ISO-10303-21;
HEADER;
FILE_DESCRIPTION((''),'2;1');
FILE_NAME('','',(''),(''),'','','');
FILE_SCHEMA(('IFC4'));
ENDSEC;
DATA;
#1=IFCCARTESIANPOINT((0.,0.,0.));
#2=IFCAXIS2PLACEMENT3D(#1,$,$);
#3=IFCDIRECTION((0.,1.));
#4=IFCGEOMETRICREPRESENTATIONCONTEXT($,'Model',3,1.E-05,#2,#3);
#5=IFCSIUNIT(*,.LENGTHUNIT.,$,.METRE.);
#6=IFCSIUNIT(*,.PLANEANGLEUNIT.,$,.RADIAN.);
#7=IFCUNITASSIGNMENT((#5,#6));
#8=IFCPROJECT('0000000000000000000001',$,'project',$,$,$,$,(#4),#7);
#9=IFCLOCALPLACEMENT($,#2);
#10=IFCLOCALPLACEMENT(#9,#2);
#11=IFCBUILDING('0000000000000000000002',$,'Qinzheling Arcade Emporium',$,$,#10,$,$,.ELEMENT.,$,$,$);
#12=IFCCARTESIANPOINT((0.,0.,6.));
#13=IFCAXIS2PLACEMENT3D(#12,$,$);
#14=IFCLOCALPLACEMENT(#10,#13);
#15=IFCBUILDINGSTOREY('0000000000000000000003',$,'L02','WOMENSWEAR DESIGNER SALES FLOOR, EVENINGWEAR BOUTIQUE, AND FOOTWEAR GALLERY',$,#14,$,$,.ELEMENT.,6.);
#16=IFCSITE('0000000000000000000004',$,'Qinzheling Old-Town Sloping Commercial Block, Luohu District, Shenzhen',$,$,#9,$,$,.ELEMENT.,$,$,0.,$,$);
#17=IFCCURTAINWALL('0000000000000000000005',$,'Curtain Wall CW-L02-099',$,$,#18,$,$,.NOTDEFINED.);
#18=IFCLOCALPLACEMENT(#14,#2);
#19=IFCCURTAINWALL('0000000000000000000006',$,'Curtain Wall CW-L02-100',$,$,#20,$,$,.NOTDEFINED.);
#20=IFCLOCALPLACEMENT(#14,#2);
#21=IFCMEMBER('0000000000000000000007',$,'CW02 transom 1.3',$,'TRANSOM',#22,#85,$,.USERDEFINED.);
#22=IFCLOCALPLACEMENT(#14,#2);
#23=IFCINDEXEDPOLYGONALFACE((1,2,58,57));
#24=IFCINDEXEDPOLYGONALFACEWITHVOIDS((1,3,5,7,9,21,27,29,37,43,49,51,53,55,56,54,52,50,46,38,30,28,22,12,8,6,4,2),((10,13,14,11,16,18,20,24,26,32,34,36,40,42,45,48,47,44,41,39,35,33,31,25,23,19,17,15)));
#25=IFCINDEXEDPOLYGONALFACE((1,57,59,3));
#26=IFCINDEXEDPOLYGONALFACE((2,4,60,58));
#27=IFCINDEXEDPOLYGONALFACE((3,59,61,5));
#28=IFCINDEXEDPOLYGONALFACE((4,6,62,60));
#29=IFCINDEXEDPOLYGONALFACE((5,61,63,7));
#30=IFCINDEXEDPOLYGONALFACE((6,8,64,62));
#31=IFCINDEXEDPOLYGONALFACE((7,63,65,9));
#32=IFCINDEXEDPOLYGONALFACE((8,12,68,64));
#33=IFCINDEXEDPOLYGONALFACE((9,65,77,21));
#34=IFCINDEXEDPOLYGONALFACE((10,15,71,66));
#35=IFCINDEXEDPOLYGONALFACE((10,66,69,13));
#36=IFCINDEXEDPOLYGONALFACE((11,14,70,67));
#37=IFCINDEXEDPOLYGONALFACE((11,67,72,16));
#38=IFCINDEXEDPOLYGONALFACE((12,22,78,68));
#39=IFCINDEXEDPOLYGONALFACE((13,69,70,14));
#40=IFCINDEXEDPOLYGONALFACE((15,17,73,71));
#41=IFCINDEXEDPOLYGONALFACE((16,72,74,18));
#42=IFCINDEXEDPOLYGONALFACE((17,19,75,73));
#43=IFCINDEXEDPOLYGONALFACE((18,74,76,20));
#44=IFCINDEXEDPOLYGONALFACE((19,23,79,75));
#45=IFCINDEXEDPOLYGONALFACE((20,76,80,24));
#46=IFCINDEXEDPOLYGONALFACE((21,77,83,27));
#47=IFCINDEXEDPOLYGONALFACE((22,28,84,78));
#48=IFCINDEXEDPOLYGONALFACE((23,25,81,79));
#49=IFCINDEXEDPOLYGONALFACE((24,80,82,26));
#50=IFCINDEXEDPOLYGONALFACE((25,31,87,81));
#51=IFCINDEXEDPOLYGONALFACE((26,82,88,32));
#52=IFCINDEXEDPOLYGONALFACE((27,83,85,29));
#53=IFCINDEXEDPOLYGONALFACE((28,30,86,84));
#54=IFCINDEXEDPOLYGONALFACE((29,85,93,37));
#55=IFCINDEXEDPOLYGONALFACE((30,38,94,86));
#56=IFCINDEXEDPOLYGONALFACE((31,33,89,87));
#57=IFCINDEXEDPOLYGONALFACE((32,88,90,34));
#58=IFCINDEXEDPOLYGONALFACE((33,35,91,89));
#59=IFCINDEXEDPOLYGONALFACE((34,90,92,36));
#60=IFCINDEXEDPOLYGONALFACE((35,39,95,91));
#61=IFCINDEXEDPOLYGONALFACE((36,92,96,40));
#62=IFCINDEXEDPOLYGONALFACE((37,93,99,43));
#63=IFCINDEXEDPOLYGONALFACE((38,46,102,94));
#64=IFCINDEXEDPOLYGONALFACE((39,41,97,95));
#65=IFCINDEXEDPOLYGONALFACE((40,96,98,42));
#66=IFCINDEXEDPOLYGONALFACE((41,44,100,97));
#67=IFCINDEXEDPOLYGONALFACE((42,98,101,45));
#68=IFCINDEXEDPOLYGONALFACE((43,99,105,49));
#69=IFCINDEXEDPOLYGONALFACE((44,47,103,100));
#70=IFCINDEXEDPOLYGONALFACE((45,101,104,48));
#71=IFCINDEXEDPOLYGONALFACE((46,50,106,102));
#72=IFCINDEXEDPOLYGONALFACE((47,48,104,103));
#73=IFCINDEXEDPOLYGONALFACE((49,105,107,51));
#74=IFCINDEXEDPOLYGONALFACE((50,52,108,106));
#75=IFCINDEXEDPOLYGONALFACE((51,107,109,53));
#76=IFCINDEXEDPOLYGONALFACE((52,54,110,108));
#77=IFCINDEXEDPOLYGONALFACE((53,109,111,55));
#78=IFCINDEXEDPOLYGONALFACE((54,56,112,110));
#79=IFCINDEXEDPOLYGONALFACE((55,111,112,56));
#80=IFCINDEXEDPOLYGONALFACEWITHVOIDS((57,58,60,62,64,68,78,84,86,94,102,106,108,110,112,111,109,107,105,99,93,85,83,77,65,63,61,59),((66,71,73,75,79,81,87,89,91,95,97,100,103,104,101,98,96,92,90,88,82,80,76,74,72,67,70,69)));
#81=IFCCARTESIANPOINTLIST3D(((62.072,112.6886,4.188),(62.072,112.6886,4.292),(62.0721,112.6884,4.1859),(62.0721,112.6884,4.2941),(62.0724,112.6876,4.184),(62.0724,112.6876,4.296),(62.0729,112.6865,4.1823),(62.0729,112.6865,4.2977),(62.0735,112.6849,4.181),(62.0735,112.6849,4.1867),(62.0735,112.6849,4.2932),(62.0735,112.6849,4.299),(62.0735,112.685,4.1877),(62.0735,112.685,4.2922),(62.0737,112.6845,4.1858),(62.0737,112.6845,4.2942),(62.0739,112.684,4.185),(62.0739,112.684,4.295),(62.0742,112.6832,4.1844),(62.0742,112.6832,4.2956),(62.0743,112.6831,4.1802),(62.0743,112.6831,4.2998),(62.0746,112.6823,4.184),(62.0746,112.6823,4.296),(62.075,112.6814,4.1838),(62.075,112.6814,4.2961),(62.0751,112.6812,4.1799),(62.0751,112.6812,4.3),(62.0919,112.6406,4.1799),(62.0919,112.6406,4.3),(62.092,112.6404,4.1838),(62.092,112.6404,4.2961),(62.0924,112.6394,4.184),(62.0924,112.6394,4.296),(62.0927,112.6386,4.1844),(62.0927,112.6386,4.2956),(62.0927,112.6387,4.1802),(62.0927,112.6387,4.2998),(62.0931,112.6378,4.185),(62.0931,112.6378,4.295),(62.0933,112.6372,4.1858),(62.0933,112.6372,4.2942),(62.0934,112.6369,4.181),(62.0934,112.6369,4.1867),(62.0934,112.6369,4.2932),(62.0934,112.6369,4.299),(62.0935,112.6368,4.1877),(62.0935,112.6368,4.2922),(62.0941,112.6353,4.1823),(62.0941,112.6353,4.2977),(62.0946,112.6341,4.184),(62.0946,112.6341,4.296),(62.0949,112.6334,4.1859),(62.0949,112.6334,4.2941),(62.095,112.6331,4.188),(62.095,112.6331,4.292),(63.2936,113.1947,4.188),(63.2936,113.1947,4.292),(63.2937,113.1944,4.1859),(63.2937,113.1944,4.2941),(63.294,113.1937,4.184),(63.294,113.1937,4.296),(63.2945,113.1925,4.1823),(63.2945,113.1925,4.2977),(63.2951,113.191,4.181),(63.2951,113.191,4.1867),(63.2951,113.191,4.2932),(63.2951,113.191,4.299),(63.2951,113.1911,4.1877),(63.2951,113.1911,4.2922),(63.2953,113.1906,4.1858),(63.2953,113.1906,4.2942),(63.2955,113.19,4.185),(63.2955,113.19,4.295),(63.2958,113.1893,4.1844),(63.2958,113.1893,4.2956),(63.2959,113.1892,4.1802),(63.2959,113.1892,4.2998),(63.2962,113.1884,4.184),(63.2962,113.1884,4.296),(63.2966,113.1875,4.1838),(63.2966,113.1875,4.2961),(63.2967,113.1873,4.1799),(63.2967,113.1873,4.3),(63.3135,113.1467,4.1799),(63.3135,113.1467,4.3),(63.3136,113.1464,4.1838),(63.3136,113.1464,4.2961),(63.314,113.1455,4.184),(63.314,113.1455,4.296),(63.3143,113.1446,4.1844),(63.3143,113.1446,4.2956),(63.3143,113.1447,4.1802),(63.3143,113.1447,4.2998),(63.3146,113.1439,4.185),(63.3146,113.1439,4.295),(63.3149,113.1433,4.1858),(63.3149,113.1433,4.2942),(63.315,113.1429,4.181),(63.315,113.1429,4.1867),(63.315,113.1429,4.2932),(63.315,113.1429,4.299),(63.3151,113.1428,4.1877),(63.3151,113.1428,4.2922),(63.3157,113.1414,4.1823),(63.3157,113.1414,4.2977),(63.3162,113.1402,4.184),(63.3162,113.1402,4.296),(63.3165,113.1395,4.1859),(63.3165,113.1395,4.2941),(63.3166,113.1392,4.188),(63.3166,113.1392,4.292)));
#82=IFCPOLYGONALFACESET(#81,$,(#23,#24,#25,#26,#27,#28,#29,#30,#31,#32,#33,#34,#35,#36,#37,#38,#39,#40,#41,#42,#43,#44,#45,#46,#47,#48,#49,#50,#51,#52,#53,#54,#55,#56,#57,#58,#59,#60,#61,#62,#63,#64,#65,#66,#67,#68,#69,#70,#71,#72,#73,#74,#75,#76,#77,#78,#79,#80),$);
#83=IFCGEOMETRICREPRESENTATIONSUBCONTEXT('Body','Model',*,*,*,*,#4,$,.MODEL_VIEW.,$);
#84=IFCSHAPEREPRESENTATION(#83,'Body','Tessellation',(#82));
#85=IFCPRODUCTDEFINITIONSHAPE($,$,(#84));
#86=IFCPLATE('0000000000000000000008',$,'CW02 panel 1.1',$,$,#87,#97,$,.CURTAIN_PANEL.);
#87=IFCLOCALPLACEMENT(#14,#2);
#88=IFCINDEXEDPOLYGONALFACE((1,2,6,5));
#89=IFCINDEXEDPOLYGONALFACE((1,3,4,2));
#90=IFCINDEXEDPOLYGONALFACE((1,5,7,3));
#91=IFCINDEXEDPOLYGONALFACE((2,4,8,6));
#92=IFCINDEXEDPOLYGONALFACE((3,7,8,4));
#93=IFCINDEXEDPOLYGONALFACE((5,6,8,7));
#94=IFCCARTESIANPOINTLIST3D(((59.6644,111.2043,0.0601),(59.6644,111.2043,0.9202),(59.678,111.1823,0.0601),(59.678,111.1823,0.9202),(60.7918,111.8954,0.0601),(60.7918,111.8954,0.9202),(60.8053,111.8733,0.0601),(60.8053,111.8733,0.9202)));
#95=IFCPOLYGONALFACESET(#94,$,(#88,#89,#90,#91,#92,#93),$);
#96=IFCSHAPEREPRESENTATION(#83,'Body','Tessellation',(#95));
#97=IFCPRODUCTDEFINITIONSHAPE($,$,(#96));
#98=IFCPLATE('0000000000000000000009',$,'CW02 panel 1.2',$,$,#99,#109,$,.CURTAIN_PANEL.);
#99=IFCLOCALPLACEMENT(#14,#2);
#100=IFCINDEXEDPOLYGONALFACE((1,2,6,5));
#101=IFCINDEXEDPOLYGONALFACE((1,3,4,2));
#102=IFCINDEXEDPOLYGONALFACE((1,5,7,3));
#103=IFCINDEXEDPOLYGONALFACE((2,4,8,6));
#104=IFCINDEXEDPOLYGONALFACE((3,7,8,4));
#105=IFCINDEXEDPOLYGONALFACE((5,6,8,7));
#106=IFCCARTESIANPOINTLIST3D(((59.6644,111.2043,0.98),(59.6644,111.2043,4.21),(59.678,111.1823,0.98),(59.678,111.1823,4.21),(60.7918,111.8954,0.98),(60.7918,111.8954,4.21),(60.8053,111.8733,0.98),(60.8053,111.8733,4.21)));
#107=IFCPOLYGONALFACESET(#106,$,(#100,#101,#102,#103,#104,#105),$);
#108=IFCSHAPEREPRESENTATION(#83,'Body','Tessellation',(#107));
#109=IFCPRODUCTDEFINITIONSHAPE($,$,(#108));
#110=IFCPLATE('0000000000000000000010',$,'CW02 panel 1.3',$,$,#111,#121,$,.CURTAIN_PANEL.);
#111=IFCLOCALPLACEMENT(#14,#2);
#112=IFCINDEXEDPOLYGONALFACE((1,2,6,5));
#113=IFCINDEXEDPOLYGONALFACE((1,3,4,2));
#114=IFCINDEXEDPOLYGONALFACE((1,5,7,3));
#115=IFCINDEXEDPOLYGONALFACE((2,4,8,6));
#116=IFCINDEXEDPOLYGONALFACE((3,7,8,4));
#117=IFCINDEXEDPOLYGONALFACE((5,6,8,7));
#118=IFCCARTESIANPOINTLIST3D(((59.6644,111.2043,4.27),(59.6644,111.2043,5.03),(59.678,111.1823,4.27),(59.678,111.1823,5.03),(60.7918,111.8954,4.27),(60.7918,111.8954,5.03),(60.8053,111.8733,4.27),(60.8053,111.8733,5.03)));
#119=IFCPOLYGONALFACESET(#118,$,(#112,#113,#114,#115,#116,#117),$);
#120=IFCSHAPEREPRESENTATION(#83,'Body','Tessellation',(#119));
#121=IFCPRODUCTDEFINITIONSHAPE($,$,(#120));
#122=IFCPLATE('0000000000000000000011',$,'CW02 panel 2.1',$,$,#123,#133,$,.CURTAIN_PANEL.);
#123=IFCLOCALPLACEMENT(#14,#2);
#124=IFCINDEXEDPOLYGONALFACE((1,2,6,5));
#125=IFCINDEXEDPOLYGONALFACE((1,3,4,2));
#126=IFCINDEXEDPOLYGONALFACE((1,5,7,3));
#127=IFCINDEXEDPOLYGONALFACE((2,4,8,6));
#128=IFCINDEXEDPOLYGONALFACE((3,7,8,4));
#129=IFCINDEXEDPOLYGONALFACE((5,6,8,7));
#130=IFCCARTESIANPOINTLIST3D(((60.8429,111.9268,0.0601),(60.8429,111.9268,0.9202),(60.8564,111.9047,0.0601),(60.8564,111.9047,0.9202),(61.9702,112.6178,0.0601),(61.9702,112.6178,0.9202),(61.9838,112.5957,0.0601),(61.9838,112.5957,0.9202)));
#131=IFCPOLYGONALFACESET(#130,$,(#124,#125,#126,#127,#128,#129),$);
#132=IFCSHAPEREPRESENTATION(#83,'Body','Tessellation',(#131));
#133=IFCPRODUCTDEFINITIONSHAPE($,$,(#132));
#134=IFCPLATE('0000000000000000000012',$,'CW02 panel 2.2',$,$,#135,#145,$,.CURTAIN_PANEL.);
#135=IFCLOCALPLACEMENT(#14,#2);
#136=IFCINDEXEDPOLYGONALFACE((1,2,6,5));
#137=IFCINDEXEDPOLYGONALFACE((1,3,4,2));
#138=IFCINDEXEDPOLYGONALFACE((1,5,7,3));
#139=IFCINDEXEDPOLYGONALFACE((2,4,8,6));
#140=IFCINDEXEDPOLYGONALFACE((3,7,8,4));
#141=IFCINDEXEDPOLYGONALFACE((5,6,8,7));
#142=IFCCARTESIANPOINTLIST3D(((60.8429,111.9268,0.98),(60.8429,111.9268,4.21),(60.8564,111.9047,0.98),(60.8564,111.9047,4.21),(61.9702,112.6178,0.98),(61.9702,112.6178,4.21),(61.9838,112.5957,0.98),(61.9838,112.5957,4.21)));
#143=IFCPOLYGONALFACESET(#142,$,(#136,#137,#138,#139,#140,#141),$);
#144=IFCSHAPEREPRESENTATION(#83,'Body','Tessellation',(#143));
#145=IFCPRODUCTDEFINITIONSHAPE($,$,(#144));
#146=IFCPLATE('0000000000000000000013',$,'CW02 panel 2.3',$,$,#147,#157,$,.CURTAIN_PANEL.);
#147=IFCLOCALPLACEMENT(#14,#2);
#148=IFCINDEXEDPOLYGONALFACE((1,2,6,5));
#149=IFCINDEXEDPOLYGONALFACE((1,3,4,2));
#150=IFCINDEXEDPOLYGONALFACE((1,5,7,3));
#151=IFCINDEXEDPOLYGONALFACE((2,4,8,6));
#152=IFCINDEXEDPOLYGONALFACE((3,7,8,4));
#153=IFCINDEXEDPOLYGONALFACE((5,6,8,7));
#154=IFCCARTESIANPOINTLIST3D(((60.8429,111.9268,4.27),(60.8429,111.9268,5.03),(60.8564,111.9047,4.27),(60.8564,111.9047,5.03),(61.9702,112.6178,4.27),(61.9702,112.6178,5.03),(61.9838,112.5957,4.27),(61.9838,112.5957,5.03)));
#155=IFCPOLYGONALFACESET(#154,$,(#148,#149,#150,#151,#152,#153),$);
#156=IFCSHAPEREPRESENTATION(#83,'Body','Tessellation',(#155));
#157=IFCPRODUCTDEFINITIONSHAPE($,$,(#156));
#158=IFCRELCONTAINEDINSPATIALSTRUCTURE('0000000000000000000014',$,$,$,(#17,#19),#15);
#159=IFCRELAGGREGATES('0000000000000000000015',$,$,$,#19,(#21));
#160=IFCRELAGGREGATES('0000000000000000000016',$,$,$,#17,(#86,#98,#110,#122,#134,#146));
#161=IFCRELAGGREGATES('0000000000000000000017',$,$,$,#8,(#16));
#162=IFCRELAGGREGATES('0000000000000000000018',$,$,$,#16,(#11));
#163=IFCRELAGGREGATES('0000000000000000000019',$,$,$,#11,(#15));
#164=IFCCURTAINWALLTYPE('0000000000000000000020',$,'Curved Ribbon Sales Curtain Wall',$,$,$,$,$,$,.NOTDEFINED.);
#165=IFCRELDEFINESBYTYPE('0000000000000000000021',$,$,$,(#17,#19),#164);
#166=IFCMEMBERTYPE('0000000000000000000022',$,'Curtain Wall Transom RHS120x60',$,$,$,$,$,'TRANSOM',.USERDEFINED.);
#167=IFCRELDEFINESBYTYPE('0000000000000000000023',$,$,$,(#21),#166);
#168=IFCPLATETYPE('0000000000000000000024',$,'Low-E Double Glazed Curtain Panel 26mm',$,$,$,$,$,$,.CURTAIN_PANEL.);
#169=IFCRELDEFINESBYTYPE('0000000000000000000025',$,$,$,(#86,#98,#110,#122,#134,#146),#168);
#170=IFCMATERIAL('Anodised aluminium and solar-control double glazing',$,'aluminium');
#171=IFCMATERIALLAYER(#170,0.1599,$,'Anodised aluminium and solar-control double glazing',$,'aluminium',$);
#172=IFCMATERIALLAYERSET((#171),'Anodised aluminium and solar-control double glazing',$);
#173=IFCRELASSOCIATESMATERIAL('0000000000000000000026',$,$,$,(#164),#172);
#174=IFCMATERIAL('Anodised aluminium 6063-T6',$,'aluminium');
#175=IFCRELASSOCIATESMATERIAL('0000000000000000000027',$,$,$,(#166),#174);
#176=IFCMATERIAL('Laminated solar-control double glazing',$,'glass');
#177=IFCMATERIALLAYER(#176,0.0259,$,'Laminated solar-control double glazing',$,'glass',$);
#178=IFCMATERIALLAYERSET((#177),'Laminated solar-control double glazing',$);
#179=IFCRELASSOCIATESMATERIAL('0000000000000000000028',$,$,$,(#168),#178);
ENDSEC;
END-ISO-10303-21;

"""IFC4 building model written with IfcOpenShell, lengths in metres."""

from ifc_helpers import new_model, si_unit, direction, frame, origin, origin_2d, place, context, subcontext, project, spatial, rectangle, hollow_rectangle, extrude, material, layer, layer_set, material_profile, profile_set, type_object, element, aggregate, save


model = new_model("IFC4")

# Units and contexts
model_context = context("Model", 3, precision=1e-05, world=origin(), true_north=direction((0.0, 1.0)))
body_context = subcontext(model_context, "Body", "Model", "MODEL_VIEW")
ifc_project = project(units=[si_unit("LENGTHUNIT", "METRE"), si_unit("PLANEANGLEUNIT", "RADIAN")], contexts=[model_context])

# Site, building, storey
site_placement = place(None, origin())
site = spatial("IfcSite", under=ifc_project, at=site_placement, Name="Qinzheling Old-Town Sloping Commercial Block, Luohu District, Shenzhen", CompositionType="ELEMENT", RefElevation=0.0)
building_placement = place(site_placement, origin())
building = spatial("IfcBuilding", under=site, at=building_placement, Name="Qinzheling Arcade Emporium", CompositionType="ELEMENT")
storey_placement = place(building_placement, frame((0.0, 0.0, 6.0)))
storey = spatial("IfcBuildingStorey", under=building, at=storey_placement, Name="L02", Description="WOMENSWEAR DESIGNER SALES FLOOR, EVENINGWEAR BOUTIQUE, AND FOOTWEAR GALLERY", CompositionType="ELEMENT", Elevation=6.0)

# Curtain wall
ifc_material_1 = material(Name="Anodised aluminium and solar-control double glazing", Category="aluminium")
ifc_layer_1 = layer(ifc_material_1, 0.1599, Name="Anodised aluminium and solar-control double glazing", Category="aluminium")
ifc_layer_set_1 = layer_set([ifc_layer_1], Name="Anodised aluminium and solar-control double glazing")
curtain_wall_type = type_object("IfcCurtainWallType", Name="Curved Ribbon Sales Curtain Wall", PredefinedType="NOTDEFINED", material=ifc_layer_set_1)
curtain_wall_1_placement = place(storey_placement, origin())
curtain_wall_1 = element("IfcCurtainWall", 1, at=curtain_wall_1_placement, inside=storey, type_object=curtain_wall_type, Name="Curtain Wall CW-L02-099", PredefinedType="NOTDEFINED")
ifc_material_2 = material(Name="Anodised aluminium 6063-T6", Category="aluminium")

# Curtain wall
curtain_wall_2_placement = place(storey_placement, origin())
curtain_wall_2 = element("IfcCurtainWall", 2, at=curtain_wall_2_placement, inside=storey, type_object=curtain_wall_type, Name="Curtain Wall CW-L02-100", PredefinedType="NOTDEFINED")

# Member
ifc_material_profile_1 = material_profile(ifc_material_2, hollow_rectangle(XDim=0.0601, YDim=0.1201, WallThickness=0.0039, InnerFilletRadius=0.0039, OuterFilletRadius=0.0081, at=origin_2d()), Name="RHS 120x60x4", Category="aluminium")
ifc_profile_set_1 = profile_set([ifc_material_profile_1], Name="Anodised aluminium 6063-T6")
member_type_1 = type_object("IfcMemberType", Name="Curtain Wall Transom RHS120x60", ElementType="TRANSOM", PredefinedType="USERDEFINED", material=ifc_profile_set_1)
member_1_placement = place(storey_placement, frame((62.0835, 112.6609, 4.24), z_axis=(0.923862, 0.382727, 0.0), x_axis=(-0.382727, 0.923862, 0.0)))
member_1 = element("IfcMember", 3, at=member_1_placement, type_object=member_type_1, Name="CW02 transom 1.3", ObjectType="TRANSOM", PredefinedType="USERDEFINED", context=body_context, shape_type="SweptSolid", body=[
    extrude(hollow_rectangle(XDim=0.0601, YDim=0.1201, WallThickness=0.0039, InnerFilletRadius=0.0039, OuterFilletRadius=0.0081, at=origin_2d()), origin(), (0.0, 0.0, 1.0), 1.3223),
])
aggregate(curtain_wall_2, [member_1])

# Plates
ifc_material_3 = material(Name="Laminated solar-control double glazing", Category="glass")
ifc_layer_2 = layer(ifc_material_3, 0.0259, Name="Laminated solar-control double glazing", Category="glass")
ifc_layer_set_2 = layer_set([ifc_layer_2], Name="Laminated solar-control double glazing")
plate_type = type_object("IfcPlateType", Name="Low-E Double Glazed Curtain Panel 26mm", PredefinedType="CURTAIN_PANEL", material=ifc_layer_set_2)
plate_1_placement = place(storey_placement, frame((60.2349, 111.5388, 0.0601), z_axis=(0.0, 0.0, 1.0), x_axis=(0.852581, 0.522595, 0.0)))
plate_1 = element("IfcPlate", 4, at=plate_1_placement, type_object=plate_type, Name="CW02 panel 1.1", PredefinedType="CURTAIN_PANEL", context=body_context, shape_type="SweptSolid", body=[
    extrude(rectangle(XDim=1.3223, YDim=0.0259, at=origin_2d()), origin(), (0.0, 0.0, 1.0), 0.8601),
])
plate_2_placement = place(storey_placement, frame((60.2349, 111.5388, 0.98), z_axis=(0.0, 0.0, 1.0), x_axis=(0.852581, 0.522595, 0.0)))
plate_2 = element("IfcPlate", 5, at=plate_2_placement, type_object=plate_type, Name="CW02 panel 1.2", PredefinedType="CURTAIN_PANEL", context=body_context, shape_type="SweptSolid", body=[
    extrude(rectangle(XDim=1.3223, YDim=0.0259, at=origin_2d()), origin(), (0.0, 0.0, 1.0), 3.23),
])
plate_3_placement = place(storey_placement, frame((60.2349, 111.5388, 4.27), z_axis=(0.0, 0.0, 1.0), x_axis=(0.852581, 0.522595, 0.0)))
plate_3 = element("IfcPlate", 6, at=plate_3_placement, type_object=plate_type, Name="CW02 panel 1.3", PredefinedType="CURTAIN_PANEL", context=body_context, shape_type="SweptSolid", body=[
    extrude(rectangle(XDim=1.3223, YDim=0.0259, at=origin_2d()), origin(), (0.0, 0.0, 1.0), 0.76),
])
plate_4_placement = place(storey_placement, frame((61.4133, 112.2612, 0.0601), z_axis=(0.0, 0.0, 1.0), x_axis=(0.852581, 0.522595, 0.0)))
plate_4 = element("IfcPlate", 7, at=plate_4_placement, type_object=plate_type, Name="CW02 panel 2.1", PredefinedType="CURTAIN_PANEL", context=body_context, shape_type="SweptSolid", body=[
    extrude(rectangle(XDim=1.3223, YDim=0.0259, at=origin_2d()), origin(), (0.0, 0.0, 1.0), 0.8601),
])
plate_5_placement = place(storey_placement, frame((61.4133, 112.2612, 0.98), z_axis=(0.0, 0.0, 1.0), x_axis=(0.852581, 0.522595, 0.0)))
plate_5 = element("IfcPlate", 8, at=plate_5_placement, type_object=plate_type, Name="CW02 panel 2.2", PredefinedType="CURTAIN_PANEL", context=body_context, shape_type="SweptSolid", body=[
    extrude(rectangle(XDim=1.3223, YDim=0.0259, at=origin_2d()), origin(), (0.0, 0.0, 1.0), 3.23),
])
plate_6_placement = place(storey_placement, frame((61.4133, 112.2612, 4.27), z_axis=(0.0, 0.0, 1.0), x_axis=(0.852581, 0.522595, 0.0)))
plate_6 = element("IfcPlate", 9, at=plate_6_placement, type_object=plate_type, Name="CW02 panel 2.3", PredefinedType="CURTAIN_PANEL", context=body_context, shape_type="SweptSolid", body=[
    extrude(rectangle(XDim=1.3223, YDim=0.0259, at=origin_2d()), origin(), (0.0, 0.0, 1.0), 0.76),
])
aggregate(curtain_wall_1, [plate_1, plate_2, plate_3, plate_4, plate_5, plate_6])

save(model, "model.ifc")
